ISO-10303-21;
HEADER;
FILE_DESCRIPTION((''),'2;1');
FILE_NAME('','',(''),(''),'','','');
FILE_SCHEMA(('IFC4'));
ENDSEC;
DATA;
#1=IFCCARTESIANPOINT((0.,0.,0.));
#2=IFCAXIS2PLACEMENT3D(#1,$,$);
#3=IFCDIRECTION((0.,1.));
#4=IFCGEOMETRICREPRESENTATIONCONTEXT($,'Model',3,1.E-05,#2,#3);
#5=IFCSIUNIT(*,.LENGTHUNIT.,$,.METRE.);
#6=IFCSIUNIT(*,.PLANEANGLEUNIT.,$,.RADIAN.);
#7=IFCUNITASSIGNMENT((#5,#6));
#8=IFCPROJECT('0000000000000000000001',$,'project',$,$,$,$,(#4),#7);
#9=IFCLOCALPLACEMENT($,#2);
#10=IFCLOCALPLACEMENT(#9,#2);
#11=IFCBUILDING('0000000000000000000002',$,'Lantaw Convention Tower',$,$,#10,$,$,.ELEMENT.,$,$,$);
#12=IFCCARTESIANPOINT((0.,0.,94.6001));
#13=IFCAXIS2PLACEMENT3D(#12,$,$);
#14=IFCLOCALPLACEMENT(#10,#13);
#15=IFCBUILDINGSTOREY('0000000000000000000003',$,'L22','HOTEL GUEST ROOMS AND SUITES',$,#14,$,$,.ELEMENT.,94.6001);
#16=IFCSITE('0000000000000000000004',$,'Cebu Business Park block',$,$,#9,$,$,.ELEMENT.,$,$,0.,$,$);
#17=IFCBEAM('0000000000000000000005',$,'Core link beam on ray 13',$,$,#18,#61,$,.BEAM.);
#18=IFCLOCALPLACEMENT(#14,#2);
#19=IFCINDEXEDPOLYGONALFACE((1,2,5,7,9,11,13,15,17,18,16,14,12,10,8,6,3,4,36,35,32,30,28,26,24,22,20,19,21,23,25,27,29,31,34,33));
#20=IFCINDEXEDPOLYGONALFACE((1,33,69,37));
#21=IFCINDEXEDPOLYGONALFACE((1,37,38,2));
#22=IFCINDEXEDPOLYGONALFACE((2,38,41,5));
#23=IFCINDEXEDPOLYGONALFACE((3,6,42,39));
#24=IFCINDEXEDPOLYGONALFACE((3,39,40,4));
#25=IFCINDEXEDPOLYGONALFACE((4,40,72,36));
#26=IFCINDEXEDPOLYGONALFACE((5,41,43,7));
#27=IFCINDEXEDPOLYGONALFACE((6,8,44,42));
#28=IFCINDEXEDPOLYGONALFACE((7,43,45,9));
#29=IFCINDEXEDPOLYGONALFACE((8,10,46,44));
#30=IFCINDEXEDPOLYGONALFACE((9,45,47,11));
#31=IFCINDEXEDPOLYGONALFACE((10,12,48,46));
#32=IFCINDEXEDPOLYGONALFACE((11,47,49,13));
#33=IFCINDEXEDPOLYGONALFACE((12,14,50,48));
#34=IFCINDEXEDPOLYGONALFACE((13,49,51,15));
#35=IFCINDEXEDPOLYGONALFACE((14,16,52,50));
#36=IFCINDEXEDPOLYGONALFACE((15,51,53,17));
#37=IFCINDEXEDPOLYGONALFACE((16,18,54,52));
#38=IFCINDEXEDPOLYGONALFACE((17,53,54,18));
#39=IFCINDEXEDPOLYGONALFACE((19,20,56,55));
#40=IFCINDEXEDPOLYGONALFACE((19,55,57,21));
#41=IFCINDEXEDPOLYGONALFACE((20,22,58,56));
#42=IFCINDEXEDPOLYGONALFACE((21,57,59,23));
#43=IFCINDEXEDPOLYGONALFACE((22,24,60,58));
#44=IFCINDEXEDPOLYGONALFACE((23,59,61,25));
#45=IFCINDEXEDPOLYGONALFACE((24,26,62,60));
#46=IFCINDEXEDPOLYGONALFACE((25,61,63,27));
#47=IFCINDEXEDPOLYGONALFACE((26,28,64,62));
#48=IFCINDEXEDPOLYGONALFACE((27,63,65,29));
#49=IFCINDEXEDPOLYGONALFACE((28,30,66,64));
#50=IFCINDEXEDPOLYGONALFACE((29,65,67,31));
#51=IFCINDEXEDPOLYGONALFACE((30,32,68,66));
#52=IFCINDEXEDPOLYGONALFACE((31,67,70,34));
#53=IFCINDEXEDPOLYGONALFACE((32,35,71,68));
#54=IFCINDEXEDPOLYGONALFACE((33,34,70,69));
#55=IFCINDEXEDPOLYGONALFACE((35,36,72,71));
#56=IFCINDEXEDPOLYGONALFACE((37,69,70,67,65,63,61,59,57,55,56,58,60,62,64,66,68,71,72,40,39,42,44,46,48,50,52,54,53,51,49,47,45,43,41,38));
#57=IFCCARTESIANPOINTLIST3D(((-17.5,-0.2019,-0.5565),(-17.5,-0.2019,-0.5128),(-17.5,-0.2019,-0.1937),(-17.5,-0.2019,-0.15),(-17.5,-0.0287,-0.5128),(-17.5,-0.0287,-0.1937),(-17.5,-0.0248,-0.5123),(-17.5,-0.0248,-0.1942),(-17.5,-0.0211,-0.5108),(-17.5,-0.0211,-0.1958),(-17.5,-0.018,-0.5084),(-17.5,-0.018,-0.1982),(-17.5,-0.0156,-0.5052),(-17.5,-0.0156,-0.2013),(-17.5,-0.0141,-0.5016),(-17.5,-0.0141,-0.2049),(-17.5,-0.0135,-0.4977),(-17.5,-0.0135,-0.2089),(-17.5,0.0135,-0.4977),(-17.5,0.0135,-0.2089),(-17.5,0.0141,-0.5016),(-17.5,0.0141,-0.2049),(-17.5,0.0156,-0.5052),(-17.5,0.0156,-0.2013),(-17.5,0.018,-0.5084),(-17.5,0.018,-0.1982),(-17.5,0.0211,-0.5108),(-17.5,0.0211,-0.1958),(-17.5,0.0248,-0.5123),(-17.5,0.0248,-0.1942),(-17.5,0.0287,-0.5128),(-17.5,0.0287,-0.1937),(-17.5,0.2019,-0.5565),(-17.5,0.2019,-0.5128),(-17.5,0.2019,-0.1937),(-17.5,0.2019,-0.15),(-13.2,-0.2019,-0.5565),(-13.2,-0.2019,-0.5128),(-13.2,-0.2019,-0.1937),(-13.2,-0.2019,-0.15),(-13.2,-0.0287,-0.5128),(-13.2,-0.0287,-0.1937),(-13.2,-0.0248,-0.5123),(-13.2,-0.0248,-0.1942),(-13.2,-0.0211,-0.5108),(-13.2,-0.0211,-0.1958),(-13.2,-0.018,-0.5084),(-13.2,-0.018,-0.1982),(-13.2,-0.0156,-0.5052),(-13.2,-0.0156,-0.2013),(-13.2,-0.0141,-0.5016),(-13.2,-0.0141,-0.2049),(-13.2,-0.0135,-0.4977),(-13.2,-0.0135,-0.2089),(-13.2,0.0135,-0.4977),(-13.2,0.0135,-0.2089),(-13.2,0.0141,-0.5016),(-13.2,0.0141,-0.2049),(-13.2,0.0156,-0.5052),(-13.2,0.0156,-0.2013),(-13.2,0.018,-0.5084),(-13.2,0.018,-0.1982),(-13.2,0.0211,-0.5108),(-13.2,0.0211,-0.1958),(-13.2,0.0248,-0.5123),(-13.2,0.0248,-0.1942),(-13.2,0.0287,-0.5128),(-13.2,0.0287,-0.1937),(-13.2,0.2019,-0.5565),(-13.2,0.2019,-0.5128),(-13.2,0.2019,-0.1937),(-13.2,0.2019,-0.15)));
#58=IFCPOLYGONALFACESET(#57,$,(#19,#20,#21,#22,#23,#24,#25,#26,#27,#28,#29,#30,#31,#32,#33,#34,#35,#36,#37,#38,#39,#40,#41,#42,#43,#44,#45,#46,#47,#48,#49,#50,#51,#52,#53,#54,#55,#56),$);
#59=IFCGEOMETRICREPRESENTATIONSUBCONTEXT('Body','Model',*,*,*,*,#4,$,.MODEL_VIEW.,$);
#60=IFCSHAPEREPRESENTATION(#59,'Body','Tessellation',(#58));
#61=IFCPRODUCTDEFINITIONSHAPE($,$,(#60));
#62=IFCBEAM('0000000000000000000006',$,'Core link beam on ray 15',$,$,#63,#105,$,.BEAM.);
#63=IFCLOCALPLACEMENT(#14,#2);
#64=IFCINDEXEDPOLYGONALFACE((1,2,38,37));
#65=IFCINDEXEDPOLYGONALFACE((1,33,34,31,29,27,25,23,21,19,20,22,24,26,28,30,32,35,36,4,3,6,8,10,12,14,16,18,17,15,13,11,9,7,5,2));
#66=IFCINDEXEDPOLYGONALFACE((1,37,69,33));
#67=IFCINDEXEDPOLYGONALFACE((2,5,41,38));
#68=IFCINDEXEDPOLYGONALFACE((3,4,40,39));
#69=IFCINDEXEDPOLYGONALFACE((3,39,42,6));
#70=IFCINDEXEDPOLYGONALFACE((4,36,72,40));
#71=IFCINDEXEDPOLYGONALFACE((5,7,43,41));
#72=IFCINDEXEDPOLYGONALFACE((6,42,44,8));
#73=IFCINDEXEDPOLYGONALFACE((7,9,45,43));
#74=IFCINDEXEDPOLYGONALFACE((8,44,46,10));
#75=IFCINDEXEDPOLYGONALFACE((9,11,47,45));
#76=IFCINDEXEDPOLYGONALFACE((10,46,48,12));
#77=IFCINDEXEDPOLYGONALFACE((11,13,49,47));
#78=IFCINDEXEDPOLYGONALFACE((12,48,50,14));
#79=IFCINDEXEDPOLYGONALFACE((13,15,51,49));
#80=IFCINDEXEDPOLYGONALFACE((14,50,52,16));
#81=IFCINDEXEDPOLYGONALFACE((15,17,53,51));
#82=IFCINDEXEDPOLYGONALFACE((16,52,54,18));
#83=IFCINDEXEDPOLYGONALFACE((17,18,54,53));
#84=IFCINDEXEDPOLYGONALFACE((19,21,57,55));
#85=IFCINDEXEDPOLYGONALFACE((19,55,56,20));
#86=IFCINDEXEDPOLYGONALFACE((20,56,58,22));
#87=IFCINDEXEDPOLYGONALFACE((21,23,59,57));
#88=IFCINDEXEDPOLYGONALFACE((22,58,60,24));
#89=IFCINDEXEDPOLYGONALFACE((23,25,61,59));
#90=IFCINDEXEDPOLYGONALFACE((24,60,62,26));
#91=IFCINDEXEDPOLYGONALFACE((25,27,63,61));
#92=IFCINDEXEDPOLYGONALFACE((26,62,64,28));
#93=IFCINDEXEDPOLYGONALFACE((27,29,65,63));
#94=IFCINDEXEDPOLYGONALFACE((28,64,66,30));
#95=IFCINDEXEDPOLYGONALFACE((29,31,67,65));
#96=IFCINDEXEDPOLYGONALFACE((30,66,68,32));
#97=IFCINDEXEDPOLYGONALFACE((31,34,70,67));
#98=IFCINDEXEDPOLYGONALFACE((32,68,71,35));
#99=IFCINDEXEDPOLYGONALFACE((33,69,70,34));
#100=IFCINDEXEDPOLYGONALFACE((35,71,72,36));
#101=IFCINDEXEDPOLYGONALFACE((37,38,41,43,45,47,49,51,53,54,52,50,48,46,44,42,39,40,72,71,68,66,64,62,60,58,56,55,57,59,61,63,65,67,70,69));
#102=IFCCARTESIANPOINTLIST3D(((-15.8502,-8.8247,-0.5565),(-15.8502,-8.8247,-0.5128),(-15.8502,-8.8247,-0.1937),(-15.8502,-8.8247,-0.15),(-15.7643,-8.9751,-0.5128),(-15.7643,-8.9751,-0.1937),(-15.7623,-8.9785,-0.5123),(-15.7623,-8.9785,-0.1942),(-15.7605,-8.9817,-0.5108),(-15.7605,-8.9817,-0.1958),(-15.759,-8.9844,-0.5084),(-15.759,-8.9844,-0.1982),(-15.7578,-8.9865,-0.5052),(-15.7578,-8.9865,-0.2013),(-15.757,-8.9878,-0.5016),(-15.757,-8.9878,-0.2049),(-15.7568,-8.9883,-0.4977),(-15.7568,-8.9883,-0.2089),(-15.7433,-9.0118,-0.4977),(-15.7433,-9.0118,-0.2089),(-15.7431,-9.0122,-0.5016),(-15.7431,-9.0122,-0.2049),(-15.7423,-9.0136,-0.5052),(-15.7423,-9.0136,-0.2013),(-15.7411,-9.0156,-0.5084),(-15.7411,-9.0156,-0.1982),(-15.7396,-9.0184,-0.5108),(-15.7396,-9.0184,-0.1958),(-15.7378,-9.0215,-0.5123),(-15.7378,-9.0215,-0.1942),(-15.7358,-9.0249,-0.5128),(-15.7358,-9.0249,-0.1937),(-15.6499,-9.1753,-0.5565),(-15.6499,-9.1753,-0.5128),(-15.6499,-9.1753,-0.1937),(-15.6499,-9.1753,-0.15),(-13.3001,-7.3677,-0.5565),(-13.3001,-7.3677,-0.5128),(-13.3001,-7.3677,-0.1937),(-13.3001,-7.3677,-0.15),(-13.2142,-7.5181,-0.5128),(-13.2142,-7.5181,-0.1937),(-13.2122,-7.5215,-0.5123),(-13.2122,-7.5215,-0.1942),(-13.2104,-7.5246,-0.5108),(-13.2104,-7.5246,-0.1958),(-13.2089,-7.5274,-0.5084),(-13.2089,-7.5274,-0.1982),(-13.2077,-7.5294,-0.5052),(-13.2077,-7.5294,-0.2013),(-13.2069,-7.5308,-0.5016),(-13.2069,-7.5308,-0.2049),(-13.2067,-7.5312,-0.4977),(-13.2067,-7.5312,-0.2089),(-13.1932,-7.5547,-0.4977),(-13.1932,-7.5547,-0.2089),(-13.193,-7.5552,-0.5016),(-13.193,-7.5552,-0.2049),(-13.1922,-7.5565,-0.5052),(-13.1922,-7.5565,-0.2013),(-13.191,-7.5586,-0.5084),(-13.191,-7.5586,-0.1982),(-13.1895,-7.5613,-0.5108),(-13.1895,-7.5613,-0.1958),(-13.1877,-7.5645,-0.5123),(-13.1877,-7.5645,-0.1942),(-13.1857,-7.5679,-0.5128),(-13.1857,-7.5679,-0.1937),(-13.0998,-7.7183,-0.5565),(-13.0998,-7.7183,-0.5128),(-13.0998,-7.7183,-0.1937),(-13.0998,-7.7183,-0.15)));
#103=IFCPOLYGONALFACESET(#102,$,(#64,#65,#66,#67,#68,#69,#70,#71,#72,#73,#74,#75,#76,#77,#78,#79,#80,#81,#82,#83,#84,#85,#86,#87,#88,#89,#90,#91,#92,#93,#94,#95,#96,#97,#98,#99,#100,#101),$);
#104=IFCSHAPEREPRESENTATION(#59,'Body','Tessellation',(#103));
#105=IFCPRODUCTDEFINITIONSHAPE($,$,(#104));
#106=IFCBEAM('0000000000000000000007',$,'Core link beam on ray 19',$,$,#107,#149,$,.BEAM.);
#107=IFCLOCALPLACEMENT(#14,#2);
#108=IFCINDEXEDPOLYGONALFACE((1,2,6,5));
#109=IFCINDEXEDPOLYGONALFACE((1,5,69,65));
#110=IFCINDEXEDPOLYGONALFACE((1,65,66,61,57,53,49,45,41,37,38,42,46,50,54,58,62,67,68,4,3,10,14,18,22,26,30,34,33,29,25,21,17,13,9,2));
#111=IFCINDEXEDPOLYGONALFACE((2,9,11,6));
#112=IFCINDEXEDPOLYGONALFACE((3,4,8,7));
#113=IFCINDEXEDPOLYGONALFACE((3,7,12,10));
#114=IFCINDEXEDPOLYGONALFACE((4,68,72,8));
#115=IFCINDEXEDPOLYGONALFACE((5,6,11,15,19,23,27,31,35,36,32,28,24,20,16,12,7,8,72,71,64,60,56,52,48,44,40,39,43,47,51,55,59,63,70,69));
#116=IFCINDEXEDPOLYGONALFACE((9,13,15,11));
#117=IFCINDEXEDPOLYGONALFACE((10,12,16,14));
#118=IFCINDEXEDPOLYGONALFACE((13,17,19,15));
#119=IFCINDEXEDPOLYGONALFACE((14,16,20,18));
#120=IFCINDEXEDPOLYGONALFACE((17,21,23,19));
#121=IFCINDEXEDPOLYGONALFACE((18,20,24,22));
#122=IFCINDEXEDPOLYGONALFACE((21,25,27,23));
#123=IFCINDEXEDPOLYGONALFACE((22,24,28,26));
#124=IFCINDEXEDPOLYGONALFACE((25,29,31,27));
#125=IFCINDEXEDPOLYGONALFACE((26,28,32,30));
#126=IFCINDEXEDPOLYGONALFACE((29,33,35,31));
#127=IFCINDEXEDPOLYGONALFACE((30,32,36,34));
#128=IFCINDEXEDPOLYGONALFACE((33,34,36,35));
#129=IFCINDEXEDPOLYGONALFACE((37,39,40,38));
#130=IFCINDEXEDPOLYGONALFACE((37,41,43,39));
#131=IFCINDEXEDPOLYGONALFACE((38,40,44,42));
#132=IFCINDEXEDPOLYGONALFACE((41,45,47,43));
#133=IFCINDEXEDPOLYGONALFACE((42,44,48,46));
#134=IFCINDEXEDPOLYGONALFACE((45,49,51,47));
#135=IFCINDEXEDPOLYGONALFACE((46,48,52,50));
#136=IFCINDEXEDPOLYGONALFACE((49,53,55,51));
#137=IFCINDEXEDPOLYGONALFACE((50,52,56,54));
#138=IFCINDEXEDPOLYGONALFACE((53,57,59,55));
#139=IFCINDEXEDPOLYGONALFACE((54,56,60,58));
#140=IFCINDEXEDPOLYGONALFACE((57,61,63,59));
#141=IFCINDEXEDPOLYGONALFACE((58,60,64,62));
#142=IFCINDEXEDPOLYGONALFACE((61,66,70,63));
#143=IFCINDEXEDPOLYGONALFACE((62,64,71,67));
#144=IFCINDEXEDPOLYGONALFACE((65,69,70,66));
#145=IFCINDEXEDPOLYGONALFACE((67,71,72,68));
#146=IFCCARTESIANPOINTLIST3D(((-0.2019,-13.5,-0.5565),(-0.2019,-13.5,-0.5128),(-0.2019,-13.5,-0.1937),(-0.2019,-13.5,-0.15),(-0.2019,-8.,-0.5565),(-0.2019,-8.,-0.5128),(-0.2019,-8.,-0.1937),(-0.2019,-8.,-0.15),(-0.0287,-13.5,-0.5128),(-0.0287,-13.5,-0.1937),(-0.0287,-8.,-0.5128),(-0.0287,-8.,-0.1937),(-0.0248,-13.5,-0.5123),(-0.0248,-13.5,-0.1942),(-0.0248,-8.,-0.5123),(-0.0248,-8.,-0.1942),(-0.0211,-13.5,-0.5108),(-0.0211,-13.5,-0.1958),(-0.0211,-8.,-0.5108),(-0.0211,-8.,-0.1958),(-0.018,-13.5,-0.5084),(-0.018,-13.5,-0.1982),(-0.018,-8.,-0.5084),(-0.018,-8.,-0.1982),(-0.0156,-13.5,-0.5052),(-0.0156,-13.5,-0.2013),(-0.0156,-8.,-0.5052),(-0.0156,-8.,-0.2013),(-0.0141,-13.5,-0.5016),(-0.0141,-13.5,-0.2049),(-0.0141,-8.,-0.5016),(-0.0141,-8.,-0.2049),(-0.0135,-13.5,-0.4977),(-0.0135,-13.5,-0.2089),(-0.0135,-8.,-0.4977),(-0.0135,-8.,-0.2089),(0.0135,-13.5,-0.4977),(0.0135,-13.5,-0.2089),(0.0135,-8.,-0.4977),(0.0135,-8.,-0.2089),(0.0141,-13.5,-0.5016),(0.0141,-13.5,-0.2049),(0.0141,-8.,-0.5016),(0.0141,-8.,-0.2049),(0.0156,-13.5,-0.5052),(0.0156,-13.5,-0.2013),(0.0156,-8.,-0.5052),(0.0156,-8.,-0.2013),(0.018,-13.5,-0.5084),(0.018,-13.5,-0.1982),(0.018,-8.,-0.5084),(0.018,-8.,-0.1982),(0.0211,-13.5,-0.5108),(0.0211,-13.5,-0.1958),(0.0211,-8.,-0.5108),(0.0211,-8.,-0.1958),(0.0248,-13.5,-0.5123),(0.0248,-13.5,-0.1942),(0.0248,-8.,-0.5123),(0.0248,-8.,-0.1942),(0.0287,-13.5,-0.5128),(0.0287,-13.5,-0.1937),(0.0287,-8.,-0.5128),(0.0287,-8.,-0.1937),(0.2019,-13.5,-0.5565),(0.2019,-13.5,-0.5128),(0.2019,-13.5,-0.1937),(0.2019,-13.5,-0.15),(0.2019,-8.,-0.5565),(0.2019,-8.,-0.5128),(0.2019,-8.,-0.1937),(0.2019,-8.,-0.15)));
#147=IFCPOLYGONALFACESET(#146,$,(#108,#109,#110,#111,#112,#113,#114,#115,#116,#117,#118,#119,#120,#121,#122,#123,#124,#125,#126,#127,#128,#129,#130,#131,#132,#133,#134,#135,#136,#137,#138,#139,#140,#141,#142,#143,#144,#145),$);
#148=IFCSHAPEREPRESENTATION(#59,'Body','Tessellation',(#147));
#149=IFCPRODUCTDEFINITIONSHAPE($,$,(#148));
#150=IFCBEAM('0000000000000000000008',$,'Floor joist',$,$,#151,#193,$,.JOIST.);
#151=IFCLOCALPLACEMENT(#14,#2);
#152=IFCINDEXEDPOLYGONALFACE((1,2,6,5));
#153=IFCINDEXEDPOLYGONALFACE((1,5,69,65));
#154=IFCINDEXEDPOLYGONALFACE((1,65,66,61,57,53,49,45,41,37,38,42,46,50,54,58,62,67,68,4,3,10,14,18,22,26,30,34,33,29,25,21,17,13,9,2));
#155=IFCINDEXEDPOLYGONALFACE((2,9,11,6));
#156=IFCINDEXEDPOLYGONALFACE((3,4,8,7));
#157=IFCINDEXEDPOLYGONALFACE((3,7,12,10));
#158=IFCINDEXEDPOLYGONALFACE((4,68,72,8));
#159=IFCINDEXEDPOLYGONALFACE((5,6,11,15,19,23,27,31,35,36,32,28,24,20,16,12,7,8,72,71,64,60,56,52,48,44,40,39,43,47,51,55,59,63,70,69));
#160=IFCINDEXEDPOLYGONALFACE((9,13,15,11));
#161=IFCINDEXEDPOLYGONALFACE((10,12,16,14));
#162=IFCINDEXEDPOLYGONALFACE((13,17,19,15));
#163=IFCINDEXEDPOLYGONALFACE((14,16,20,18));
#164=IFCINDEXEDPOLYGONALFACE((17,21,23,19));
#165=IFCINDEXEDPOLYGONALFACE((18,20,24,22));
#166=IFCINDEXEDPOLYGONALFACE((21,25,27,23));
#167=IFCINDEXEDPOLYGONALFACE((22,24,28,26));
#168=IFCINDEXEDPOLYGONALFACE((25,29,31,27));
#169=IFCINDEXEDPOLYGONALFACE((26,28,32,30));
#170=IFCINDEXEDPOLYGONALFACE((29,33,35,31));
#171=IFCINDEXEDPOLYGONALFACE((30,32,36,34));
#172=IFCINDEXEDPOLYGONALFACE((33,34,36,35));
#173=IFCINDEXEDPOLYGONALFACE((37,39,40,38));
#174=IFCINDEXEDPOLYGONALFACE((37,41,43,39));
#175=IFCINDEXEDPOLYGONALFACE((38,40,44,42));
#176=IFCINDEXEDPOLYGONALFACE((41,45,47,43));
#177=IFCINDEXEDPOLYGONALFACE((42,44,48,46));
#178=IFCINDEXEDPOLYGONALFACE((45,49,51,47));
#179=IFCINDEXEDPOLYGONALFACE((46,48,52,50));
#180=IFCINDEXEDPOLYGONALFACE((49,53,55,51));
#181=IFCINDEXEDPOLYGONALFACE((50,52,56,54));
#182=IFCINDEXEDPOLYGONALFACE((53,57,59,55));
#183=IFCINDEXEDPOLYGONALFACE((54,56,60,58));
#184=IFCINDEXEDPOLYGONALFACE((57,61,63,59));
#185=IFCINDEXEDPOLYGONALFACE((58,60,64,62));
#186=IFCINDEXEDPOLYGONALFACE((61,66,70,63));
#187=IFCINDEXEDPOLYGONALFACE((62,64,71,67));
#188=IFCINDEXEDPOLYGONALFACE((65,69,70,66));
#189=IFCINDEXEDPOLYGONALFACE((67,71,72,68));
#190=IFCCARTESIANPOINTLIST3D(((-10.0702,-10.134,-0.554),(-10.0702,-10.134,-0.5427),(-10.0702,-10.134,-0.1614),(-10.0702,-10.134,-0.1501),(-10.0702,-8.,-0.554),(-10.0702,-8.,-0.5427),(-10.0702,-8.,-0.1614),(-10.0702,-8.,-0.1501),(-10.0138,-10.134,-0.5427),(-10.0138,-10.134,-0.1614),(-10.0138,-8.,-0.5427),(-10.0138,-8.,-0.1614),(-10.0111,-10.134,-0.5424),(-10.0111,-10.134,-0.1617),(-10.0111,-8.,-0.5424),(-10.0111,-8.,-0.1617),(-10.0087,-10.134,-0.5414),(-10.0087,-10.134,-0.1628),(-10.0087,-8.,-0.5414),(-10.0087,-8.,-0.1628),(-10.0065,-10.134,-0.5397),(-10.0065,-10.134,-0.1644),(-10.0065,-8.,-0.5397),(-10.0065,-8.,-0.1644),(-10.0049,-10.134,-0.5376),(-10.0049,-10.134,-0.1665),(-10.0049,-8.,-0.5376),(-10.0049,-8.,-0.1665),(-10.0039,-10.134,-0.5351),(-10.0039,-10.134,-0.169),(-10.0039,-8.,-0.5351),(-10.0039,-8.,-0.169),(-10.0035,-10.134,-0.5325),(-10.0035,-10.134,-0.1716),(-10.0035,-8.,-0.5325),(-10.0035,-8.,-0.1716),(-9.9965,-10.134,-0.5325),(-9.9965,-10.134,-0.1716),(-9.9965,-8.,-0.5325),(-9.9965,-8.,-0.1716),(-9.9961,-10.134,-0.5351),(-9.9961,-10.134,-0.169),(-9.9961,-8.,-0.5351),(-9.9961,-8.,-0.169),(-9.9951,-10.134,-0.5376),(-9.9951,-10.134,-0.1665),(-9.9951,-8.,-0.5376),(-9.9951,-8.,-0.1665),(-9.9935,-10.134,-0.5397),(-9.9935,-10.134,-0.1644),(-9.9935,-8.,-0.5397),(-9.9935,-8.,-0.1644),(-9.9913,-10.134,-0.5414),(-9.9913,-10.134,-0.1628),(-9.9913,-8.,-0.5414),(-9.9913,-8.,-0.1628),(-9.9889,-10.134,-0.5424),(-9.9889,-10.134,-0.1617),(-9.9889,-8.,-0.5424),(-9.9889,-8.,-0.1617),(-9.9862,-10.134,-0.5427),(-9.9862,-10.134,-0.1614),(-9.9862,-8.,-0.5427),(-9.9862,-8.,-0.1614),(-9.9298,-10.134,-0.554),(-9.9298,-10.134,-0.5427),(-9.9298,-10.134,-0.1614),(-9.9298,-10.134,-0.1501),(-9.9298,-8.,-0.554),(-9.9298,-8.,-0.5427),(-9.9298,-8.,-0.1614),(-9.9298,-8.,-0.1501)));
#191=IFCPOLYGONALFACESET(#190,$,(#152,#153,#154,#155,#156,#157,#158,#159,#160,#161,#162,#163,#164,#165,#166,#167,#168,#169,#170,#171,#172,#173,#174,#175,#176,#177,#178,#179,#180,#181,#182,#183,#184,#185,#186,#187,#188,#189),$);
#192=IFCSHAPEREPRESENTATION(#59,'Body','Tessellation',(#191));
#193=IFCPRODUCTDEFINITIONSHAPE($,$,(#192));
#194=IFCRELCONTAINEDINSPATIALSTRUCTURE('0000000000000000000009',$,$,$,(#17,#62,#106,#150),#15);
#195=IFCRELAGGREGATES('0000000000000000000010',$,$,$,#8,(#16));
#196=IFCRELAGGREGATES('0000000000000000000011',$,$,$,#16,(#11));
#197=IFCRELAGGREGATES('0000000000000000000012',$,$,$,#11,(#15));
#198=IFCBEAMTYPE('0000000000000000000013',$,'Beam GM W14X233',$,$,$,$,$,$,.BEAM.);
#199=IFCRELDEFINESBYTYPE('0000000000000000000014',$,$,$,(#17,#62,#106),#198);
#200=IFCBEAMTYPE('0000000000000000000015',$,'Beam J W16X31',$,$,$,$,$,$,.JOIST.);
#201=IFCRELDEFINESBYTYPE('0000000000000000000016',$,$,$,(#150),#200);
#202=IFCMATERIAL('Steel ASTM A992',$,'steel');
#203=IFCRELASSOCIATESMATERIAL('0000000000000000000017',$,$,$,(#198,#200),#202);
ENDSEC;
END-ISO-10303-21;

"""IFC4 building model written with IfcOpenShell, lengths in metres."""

from ifc_helpers import new_model, si_unit, direction, frame, origin, origin_2d, place, context, subcontext, project, spatial, i_section, extrude, material, material_profile, profile_set, type_object, element, save


model = new_model("IFC4")

# Units and contexts
model_context = context("Model", 3, precision=1e-05, world=origin(), true_north=direction((0.0, 1.0)))
body_context = subcontext(model_context, "Body", "Model", "MODEL_VIEW")
ifc_project = project(units=[si_unit("LENGTHUNIT", "METRE"), si_unit("PLANEANGLEUNIT", "RADIAN")], contexts=[model_context])

# Site, building, storey
site_placement = place(None, origin())
site = spatial("IfcSite", under=ifc_project, at=site_placement, Name="Cebu Business Park block", CompositionType="ELEMENT", RefElevation=0.0)
building_placement = place(site_placement, origin())
building = spatial("IfcBuilding", under=site, at=building_placement, Name="Lantaw Convention Tower", CompositionType="ELEMENT")
storey_placement = place(building_placement, frame((0.0, 0.0, 94.6001)))
storey = spatial("IfcBuildingStorey", under=building, at=storey_placement, Name="L22", Description="HOTEL GUEST ROOMS AND SUITES", CompositionType="ELEMENT", Elevation=94.6001)

# Beams
ifc_material_1 = material(Name="Steel ASTM A992", Category="steel")
ifc_material_profile_1 = material_profile(ifc_material_1, i_section(OverallWidth=0.4038, OverallDepth=0.4065, WebThickness=0.0271, FlangeThickness=0.0437, FilletRadius=0.0151, at=origin_2d()), Name="W14X233")
ifc_profile_set_1 = profile_set([ifc_material_profile_1], Name="Steel ASTM A992")
beam_type_1 = type_object("IfcBeamType", Name="Beam GM W14X233", PredefinedType="BEAM", material=ifc_profile_set_1)
beam_1_placement = place(storey_placement, frame((-13.2, 0.0, -0.3533), z_axis=(-1.0, 0.0, 0.0), x_axis=(0.0, -1.0, 0.0)))
element("IfcBeam", 1, at=beam_1_placement, inside=storey, type_object=beam_type_1, Name="Core link beam on ray 13", PredefinedType="BEAM", context=body_context, shape_type="SweptSolid", body=[
    extrude(i_section(OverallWidth=0.4038, OverallDepth=0.4065, WebThickness=0.0271, FlangeThickness=0.0437, FilletRadius=0.0151, at=origin_2d()), origin(), (0.0, 0.0, 1.0), 4.3),
])
beam_2_placement = place(storey_placement, frame((-13.2, -7.543, -0.3533), z_axis=(-0.868264, -0.496103, 0.0), x_axis=(0.496103, -0.868264, 0.0)))
element("IfcBeam", 2, at=beam_2_placement, inside=storey, type_object=beam_type_1, Name="Core link beam on ray 15", PredefinedType="BEAM", context=body_context, shape_type="SweptSolid", body=[
    extrude(i_section(OverallWidth=0.4038, OverallDepth=0.4065, WebThickness=0.0271, FlangeThickness=0.0437, FilletRadius=0.0151, at=origin_2d()), origin(), (0.0, 0.0, 1.0), 2.937),
])
beam_3_placement = place(storey_placement, frame((0.0, -8.0, -0.3533), z_axis=(0.0, -1.0, 0.0), x_axis=(1.0, 0.0, 0.0)))
element("IfcBeam", 3, at=beam_3_placement, inside=storey, type_object=beam_type_1, Name="Core link beam on ray 19", PredefinedType="BEAM", context=body_context, shape_type="SweptSolid", body=[
    extrude(i_section(OverallWidth=0.4038, OverallDepth=0.4065, WebThickness=0.0271, FlangeThickness=0.0437, FilletRadius=0.0151, at=origin_2d()), origin(), (0.0, 0.0, 1.0), 5.5),
])
ifc_material_profile_2 = material_profile(ifc_material_1, i_section(OverallWidth=0.1404, OverallDepth=0.4038, WebThickness=0.0071, FlangeThickness=0.0112, FilletRadius=0.0103, at=origin_2d()), Name="W16X31")
ifc_profile_set_2 = profile_set([ifc_material_profile_2], Name="Steel ASTM A992")
beam_type_2 = type_object("IfcBeamType", Name="Beam J W16X31", PredefinedType="JOIST", material=ifc_profile_set_2)
beam_4_placement = place(storey_placement, frame((-10.0, -10.134, -0.3521), z_axis=(0.0, 1.0, 0.0), x_axis=(-1.0, 0.0, 0.0)))
element("IfcBeam", 4, at=beam_4_placement, inside=storey, type_object=beam_type_2, Name="Floor joist", PredefinedType="JOIST", context=body_context, shape_type="SweptSolid", body=[
    extrude(i_section(OverallWidth=0.1404, OverallDepth=0.4038, WebThickness=0.0071, FlangeThickness=0.0112, FilletRadius=0.0103, at=origin_2d()), origin(), (0.0, 0.0, 1.0), 2.134),
])

save(model, "model.ifc")
